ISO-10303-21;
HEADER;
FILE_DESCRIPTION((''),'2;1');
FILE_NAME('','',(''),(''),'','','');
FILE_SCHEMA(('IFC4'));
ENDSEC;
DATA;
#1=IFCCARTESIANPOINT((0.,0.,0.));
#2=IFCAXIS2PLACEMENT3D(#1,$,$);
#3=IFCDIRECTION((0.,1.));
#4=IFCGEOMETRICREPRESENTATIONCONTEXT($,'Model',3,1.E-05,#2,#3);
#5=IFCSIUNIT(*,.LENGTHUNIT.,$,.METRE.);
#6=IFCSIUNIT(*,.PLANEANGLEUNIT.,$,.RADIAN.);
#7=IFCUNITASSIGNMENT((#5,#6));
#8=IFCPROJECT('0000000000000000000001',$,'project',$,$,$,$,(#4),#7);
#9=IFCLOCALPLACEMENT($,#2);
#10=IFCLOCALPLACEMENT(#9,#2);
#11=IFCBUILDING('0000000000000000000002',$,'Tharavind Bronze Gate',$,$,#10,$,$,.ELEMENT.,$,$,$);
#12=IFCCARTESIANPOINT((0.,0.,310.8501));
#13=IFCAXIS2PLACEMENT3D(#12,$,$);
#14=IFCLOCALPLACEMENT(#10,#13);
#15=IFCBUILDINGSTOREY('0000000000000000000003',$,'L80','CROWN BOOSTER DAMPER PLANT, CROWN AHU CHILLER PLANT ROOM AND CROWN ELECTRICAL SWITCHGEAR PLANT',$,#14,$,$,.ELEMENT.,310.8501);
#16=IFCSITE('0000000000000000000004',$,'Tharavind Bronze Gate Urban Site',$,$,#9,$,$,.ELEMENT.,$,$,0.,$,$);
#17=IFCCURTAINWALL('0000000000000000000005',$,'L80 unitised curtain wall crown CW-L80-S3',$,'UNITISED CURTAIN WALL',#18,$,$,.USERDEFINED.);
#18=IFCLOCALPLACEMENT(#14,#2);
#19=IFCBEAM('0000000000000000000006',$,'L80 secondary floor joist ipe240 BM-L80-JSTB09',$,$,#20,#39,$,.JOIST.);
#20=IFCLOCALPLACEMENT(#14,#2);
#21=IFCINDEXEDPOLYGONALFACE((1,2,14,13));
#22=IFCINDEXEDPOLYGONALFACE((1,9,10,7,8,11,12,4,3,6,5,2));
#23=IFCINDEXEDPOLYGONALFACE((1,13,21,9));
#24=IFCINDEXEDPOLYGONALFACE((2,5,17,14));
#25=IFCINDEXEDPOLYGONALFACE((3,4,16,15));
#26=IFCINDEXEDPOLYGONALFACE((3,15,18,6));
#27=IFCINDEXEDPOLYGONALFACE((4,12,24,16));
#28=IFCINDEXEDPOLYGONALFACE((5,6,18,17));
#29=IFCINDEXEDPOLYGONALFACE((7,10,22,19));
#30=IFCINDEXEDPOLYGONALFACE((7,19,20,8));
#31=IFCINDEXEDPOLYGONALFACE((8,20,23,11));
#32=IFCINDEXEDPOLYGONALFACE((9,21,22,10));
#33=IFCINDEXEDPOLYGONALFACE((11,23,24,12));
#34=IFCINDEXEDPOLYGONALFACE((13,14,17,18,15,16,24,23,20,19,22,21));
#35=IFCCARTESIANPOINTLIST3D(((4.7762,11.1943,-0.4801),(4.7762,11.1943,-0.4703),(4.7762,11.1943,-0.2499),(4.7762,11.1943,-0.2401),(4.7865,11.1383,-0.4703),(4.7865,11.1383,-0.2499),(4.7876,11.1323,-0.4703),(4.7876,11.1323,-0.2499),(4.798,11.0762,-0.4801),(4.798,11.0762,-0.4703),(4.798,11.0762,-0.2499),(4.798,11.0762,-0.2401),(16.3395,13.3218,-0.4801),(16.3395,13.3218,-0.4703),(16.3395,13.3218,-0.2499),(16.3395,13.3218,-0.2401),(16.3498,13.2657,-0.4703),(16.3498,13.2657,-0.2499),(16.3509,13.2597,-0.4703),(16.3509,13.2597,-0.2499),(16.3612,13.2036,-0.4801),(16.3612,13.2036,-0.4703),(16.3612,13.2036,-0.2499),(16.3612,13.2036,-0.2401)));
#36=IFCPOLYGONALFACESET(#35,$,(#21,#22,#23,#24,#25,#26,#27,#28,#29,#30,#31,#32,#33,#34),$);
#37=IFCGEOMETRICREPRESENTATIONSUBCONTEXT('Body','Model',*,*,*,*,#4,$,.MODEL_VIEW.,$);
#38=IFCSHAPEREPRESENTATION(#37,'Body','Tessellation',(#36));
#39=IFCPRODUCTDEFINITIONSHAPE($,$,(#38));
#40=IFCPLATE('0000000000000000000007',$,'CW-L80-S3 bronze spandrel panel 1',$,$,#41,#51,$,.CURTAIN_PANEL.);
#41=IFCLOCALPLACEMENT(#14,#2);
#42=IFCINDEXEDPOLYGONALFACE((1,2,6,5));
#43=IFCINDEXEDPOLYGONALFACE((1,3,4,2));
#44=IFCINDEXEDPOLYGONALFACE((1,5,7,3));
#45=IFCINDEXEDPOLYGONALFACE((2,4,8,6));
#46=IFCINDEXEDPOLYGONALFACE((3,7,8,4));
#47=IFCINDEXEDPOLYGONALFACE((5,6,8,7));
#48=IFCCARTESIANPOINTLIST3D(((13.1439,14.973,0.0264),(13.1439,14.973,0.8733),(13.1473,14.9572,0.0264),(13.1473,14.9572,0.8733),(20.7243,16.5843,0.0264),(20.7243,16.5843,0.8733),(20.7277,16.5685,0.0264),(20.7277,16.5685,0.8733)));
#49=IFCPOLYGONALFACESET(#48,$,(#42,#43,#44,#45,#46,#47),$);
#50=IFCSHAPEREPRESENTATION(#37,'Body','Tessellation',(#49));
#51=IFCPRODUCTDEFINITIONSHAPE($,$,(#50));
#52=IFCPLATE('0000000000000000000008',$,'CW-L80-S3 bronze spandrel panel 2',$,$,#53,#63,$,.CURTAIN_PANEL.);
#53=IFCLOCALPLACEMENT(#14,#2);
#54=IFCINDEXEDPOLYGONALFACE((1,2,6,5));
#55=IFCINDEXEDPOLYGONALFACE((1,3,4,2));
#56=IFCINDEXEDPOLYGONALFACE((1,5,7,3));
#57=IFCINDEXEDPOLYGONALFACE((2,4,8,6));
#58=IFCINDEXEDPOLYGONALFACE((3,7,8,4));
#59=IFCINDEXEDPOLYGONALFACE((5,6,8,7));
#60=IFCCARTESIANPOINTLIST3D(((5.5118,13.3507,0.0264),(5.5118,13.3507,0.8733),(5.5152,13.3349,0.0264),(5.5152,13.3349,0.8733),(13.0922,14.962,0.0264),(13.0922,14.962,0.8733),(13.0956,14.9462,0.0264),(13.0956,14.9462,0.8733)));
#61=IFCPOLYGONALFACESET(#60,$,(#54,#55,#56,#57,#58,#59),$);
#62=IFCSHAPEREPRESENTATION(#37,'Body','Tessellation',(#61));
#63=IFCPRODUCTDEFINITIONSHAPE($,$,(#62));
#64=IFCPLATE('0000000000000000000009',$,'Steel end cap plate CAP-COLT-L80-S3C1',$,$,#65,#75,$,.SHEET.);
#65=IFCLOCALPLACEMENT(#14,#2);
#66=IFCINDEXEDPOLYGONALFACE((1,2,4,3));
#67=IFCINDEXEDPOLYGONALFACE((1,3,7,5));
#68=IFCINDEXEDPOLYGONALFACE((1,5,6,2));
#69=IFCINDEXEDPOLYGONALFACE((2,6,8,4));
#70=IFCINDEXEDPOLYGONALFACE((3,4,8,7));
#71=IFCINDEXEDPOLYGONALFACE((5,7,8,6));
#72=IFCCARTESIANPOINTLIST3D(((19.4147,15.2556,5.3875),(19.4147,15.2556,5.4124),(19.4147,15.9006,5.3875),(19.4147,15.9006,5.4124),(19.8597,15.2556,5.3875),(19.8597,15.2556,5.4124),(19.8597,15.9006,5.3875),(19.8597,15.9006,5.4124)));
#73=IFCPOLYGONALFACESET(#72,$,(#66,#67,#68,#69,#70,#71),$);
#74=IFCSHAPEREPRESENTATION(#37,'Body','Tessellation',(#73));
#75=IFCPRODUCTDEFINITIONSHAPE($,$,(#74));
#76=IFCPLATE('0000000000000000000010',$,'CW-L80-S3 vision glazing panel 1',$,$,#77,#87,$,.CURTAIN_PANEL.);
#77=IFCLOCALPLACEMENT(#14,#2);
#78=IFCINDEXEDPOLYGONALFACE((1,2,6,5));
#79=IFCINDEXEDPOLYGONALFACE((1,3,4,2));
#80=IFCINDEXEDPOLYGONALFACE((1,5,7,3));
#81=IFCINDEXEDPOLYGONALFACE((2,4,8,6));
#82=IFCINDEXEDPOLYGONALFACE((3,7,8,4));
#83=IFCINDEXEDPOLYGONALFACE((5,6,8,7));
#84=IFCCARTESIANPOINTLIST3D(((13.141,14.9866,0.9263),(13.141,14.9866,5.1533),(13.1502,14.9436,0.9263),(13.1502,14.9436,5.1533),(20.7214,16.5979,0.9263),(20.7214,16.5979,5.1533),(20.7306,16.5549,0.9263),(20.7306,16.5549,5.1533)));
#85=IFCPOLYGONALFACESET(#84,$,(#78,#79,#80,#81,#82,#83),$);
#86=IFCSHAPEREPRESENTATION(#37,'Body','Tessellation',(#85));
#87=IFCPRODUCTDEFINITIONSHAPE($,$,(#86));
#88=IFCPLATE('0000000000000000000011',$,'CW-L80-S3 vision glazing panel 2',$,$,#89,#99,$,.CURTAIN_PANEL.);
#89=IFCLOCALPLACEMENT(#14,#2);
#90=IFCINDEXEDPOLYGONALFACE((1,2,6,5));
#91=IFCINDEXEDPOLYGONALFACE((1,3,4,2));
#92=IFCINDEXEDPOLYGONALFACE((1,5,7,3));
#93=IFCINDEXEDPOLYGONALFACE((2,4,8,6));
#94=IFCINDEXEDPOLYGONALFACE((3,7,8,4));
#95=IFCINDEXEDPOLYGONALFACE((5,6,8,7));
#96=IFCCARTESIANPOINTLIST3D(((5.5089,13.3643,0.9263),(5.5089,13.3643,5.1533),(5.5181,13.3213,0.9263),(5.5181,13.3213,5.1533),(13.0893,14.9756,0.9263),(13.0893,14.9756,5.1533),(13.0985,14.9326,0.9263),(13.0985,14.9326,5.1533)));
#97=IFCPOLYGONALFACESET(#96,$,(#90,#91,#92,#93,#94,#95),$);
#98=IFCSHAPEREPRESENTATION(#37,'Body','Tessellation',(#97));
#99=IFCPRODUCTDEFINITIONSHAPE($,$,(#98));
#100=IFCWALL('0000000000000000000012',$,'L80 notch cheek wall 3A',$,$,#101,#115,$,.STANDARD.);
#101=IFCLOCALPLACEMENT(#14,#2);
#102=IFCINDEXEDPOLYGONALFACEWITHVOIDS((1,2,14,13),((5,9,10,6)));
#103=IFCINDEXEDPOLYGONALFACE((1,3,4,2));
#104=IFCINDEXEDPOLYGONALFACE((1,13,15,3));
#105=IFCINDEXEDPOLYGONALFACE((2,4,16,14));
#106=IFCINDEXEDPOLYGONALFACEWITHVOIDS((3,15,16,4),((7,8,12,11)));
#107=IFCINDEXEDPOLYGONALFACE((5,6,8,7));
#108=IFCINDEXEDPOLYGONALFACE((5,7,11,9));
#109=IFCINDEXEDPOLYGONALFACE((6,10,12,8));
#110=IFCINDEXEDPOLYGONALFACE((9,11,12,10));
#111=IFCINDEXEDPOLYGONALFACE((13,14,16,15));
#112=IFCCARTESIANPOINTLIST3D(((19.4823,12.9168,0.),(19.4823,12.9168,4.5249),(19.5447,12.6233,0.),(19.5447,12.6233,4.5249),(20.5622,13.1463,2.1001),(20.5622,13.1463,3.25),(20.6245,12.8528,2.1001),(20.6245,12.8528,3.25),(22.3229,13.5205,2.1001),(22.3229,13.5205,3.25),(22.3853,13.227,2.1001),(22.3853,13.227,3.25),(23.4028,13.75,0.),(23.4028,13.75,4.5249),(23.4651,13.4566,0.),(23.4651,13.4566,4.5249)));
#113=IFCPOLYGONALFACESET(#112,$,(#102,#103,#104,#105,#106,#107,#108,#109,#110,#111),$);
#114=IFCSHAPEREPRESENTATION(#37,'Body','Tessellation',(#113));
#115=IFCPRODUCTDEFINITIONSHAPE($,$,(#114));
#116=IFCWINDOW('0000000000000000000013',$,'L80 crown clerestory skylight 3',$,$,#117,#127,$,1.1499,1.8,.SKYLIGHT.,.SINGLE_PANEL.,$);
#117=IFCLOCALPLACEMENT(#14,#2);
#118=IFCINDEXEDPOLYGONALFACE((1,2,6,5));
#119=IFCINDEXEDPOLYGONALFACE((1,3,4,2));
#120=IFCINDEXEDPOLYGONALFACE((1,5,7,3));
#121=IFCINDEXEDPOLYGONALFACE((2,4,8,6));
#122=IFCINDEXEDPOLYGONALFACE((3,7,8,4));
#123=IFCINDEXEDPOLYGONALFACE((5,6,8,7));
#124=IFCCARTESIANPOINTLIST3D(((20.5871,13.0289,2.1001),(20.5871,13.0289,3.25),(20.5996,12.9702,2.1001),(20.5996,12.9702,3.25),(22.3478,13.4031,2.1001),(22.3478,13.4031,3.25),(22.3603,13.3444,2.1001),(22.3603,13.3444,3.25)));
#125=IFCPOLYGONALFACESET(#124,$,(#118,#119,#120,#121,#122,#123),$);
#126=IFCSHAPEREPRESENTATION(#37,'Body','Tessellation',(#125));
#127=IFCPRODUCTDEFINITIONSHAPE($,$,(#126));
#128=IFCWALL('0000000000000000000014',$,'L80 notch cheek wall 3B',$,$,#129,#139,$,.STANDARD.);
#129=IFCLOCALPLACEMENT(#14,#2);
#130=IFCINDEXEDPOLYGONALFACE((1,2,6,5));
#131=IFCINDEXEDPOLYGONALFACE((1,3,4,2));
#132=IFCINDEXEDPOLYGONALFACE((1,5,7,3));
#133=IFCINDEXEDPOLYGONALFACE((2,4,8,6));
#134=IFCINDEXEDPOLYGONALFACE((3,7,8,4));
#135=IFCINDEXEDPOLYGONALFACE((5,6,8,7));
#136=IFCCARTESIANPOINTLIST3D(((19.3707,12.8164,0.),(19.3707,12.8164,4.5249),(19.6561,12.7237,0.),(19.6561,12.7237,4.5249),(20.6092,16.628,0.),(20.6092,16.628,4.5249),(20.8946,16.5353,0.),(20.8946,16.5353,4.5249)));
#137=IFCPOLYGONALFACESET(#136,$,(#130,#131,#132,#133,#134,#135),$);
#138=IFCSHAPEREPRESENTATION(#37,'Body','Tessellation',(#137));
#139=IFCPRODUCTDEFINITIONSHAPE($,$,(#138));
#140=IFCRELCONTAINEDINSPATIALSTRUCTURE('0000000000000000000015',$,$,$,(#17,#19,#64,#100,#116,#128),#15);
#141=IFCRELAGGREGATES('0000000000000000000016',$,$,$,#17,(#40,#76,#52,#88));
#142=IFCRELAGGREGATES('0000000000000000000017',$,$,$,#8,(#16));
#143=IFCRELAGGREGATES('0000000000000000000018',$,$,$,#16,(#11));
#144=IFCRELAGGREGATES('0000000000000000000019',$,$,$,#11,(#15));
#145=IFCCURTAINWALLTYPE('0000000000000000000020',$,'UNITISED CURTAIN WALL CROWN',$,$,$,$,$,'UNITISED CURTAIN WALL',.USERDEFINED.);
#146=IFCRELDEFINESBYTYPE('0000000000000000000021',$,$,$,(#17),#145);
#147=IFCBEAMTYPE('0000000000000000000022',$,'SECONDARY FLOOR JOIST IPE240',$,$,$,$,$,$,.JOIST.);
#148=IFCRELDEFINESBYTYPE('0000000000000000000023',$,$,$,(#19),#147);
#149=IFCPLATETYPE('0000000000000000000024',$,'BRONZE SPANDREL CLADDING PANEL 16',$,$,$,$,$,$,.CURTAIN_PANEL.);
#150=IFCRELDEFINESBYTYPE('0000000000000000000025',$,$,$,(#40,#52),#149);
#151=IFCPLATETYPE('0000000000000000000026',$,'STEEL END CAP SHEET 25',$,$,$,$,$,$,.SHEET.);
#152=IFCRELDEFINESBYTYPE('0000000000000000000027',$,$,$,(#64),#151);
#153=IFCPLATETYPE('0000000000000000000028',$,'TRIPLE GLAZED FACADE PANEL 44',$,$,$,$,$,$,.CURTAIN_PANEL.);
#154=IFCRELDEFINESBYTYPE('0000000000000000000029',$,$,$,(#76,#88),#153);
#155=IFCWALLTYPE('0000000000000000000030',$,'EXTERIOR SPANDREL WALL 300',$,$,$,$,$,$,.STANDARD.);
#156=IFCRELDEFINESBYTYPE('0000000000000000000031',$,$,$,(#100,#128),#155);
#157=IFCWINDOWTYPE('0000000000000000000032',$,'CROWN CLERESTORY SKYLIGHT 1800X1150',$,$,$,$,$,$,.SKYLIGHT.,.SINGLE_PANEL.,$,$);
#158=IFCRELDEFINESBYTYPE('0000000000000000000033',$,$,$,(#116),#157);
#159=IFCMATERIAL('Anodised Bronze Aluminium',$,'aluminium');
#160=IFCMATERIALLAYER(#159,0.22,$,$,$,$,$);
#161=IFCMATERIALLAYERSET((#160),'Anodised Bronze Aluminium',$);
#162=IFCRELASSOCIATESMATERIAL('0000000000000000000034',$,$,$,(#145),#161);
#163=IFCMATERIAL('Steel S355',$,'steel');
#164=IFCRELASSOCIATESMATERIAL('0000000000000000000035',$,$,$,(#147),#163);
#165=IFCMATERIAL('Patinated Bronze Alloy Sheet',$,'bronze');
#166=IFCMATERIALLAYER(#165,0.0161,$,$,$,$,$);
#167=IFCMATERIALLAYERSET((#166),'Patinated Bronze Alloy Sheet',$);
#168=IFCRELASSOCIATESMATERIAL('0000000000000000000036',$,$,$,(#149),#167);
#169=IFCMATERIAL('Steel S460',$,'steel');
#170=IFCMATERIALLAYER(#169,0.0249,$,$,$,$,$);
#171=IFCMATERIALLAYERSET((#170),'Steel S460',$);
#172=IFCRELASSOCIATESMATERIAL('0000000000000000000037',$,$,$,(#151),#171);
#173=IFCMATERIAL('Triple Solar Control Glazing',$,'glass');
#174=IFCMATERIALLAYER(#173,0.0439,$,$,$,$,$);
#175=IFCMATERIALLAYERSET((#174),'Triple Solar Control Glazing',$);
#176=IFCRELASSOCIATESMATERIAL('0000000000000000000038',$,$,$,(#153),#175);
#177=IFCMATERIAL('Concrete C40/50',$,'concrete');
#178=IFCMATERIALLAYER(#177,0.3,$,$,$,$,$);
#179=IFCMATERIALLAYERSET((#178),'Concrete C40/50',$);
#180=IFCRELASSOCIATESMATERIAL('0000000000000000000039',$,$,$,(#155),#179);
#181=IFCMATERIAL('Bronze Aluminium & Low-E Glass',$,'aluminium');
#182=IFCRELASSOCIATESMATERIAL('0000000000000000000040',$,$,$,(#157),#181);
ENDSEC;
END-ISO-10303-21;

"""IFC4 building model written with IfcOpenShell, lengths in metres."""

from ifc_helpers import new_model, si_unit, direction, frame, frame_2d, origin, origin_2d, place, context, subcontext, project, spatial, rectangle, i_section, extrude, material, layer, layer_set, material_profile, profile_set, type_object, element, fill, aggregate, save


model = new_model("IFC4")

# Units and contexts
model_context = context("Model", 3, precision=1e-05, world=origin(), true_north=direction((0.0, 1.0)))
body_context = subcontext(model_context, "Body", "Model", "MODEL_VIEW")
ifc_project = project(units=[si_unit("LENGTHUNIT", "METRE"), si_unit("PLANEANGLEUNIT", "RADIAN")], contexts=[model_context])

# Site, building, storey
site_placement = place(None, origin())
site = spatial("IfcSite", under=ifc_project, at=site_placement, Name="Tharavind Bronze Gate Urban Site", CompositionType="ELEMENT", RefElevation=0.0)
building_placement = place(site_placement, origin())
building = spatial("IfcBuilding", under=site, at=building_placement, Name="Tharavind Bronze Gate", CompositionType="ELEMENT")
storey_placement = place(building_placement, frame((0.0, 0.0, 310.8501)))
storey = spatial("IfcBuildingStorey", under=building, at=storey_placement, Name="L80", Description="CROWN BOOSTER DAMPER PLANT, CROWN AHU CHILLER PLANT ROOM AND CROWN ELECTRICAL SWITCHGEAR PLANT", CompositionType="ELEMENT", Elevation=310.8501)

# Shared definitions
ifc_material_1 = material(Name="Steel S460", Category="steel")

# Shared definitions
ifc_material_2 = material(Name="Anodised Bronze Aluminium", Category="aluminium")
ifc_layer_1 = layer(ifc_material_2, 0.22)
ifc_layer_set_1 = layer_set([ifc_layer_1], Name="Anodised Bronze Aluminium")
curtain_wall_type = type_object("IfcCurtainWallType", Name="UNITISED CURTAIN WALL CROWN", ElementType="UNITISED CURTAIN WALL", PredefinedType="USERDEFINED", material=ifc_layer_set_1)

# Curtain wall
curtain_wall_1_placement = place(storey_placement, origin())
curtain_wall_1 = element("IfcCurtainWall", 1, at=curtain_wall_1_placement, inside=storey, type_object=curtain_wall_type, Name="L80 unitised curtain wall crown CW-L80-S3", ObjectType="UNITISED CURTAIN WALL", PredefinedType="USERDEFINED")

# Beam
ifc_material_3 = material(Name="Steel S355", Category="steel")
ifc_material_profile_1 = material_profile(ifc_material_3, i_section(OverallWidth=0.1201, OverallDepth=0.24, WebThickness=0.0061, FlangeThickness=0.0098, at=origin_2d()), Name="IPE240")
ifc_profile_set_1 = profile_set([ifc_material_profile_1], Name="Steel S355")
beam_type_1 = type_object("IfcBeamType", Name="SECONDARY FLOOR JOIST IPE240", PredefinedType="JOIST", material=ifc_profile_set_1)
beam_1_placement = place(storey_placement, frame((16.3503, 13.2627, -0.3601), z_axis=(-0.983493, -0.180946, 0.0), x_axis=(0.180946, -0.983493, 0.0)))
element("IfcBeam", 2, at=beam_1_placement, inside=storey, type_object=beam_type_1, Name="L80 secondary floor joist ipe240 BM-L80-JSTB09", PredefinedType="JOIST", context=body_context, shape_type="SweptSolid", body=[
    extrude(i_section(OverallWidth=0.1201, OverallDepth=0.24, WebThickness=0.0061, FlangeThickness=0.0098, at=origin_2d()), origin(), (0.0, 0.0, 1.0), 11.7573),
])

# Plates
ifc_material_4 = material(Name="Patinated Bronze Alloy Sheet", Category="bronze")
ifc_layer_2 = layer(ifc_material_4, 0.0161)
ifc_layer_set_2 = layer_set([ifc_layer_2], Name="Patinated Bronze Alloy Sheet")
plate_type_1 = type_object("IfcPlateType", Name="BRONZE SPANDREL CLADDING PANEL 16", PredefinedType="CURTAIN_PANEL", material=ifc_layer_set_2)
plate_1_placement = place(storey_placement, frame((16.9358, 15.7708, 0.0264), z_axis=(0.0, 0.0, 1.0), x_axis=(-0.978147, -0.207913, 0.0)))
plate_1 = element("IfcPlate", 3, at=plate_1_placement, type_object=plate_type_1, Name="CW-L80-S3 bronze spandrel panel 1", PredefinedType="CURTAIN_PANEL", context=body_context, shape_type="SweptSolid", body=[
    extrude(rectangle(XDim=7.7498, YDim=0.0161, at=origin_2d()), origin(), (0.0, 0.0, 1.0), 0.8469),
])
plate_2_placement = place(storey_placement, frame((9.3037, 14.1484, 0.0264), z_axis=(0.0, 0.0, 1.0), x_axis=(-0.978147, -0.207913, 0.0)))
plate_2 = element("IfcPlate", 4, at=plate_2_placement, type_object=plate_type_1, Name="CW-L80-S3 bronze spandrel panel 2", PredefinedType="CURTAIN_PANEL", context=body_context, shape_type="SweptSolid", body=[
    extrude(rectangle(XDim=7.7498, YDim=0.0161, at=origin_2d()), origin(), (0.0, 0.0, 1.0), 0.8469),
])
ifc_layer_3 = layer(ifc_material_1, 0.0249)
ifc_layer_set_3 = layer_set([ifc_layer_3], Name="Steel S460")
plate_type_2 = type_object("IfcPlateType", Name="STEEL END CAP SHEET 25", PredefinedType="SHEET", material=ifc_layer_set_3)
plate_3_placement = place(storey_placement, frame((19.6372, 15.5781, 5.3875), z_axis=(0.0, 0.0, 1.0), x_axis=(1.0, 0.0, 0.0)))
element("IfcPlate", 5, at=plate_3_placement, inside=storey, type_object=plate_type_2, Name="Steel end cap plate CAP-COLT-L80-S3C1", PredefinedType="SHEET", context=body_context, shape_type="SweptSolid", body=[
    extrude(rectangle(XDim=0.4451, YDim=0.645, at=origin_2d()), origin(), (0.0, 0.0, 1.0), 0.0249),
])
ifc_material_5 = material(Name="Triple Solar Control Glazing", Category="glass")
ifc_layer_4 = layer(ifc_material_5, 0.0439)
ifc_layer_set_4 = layer_set([ifc_layer_4], Name="Triple Solar Control Glazing")
plate_type_3 = type_object("IfcPlateType", Name="TRIPLE GLAZED FACADE PANEL 44", PredefinedType="CURTAIN_PANEL", material=ifc_layer_set_4)
plate_4_placement = place(storey_placement, frame((16.9358, 15.7708, 0.9263), z_axis=(0.0, 0.0, 1.0), x_axis=(-0.978147, -0.207913, 0.0)))
plate_4 = element("IfcPlate", 6, at=plate_4_placement, type_object=plate_type_3, Name="CW-L80-S3 vision glazing panel 1", PredefinedType="CURTAIN_PANEL", context=body_context, shape_type="SweptSolid", body=[
    extrude(rectangle(XDim=7.7498, YDim=0.0439, at=origin_2d()), origin(), (0.0, 0.0, 1.0), 4.2271),
])
plate_5_placement = place(storey_placement, frame((9.3037, 14.1484, 0.9263), z_axis=(0.0, 0.0, 1.0), x_axis=(-0.978147, -0.207913, 0.0)))
plate_5 = element("IfcPlate", 7, at=plate_5_placement, type_object=plate_type_3, Name="CW-L80-S3 vision glazing panel 2", PredefinedType="CURTAIN_PANEL", context=body_context, shape_type="SweptSolid", body=[
    extrude(rectangle(XDim=7.7498, YDim=0.0439, at=origin_2d()), origin(), (0.0, 0.0, 1.0), 4.2271),
])
aggregate(curtain_wall_1, [plate_1, plate_4, plate_2, plate_5])

# Wall, opening, window
ifc_material_6 = material(Name="Concrete C40/50", Category="concrete")
ifc_layer_5 = layer(ifc_material_6, 0.3)
ifc_layer_set_5 = layer_set([ifc_layer_5], Name="Concrete C40/50")
wall_type = type_object("IfcWallType", Name="EXTERIOR SPANDREL WALL 300", PredefinedType="STANDARD", material=ifc_layer_set_5)
wall_1_placement = place(storey_placement, frame((23.4338, 13.6033, 0.0), z_axis=(0.0, 0.0, 1.0), x_axis=(-0.97815, -0.207898, 0.0)))
wall_1 = element("IfcWall", 8, at=wall_1_placement, inside=storey, type_object=wall_type, Name="L80 notch cheek wall 3A", PredefinedType="STANDARD", context=body_context, shape_type="SweptSolid", body=[
    extrude(rectangle(XDim=4.0081, YDim=0.3, at=frame_2d((2.0039, 0.0))), origin(), (0.0, 0.0, 1.0), 4.5249),
])
opening_placement = place(wall_1_placement, frame((1.104, 0.0, 2.1001)))
opening = element("IfcOpeningElement", 9, at=opening_placement, cuts=wall_1, PredefinedType="OPENING", context=body_context, shape_type="SweptSolid", body=[
    extrude(rectangle(XDim=1.8, YDim=1.1499, at=frame_2d((0.8999, 0.575))), frame((0.0, 0.1599, 0.0), z_axis=(0.0, -1.0, 0.0), x_axis=(1.0, 0.0, 0.0)), (0.0, 0.0, 1.0), 0.32),
])
ifc_material_7 = material(Name="Bronze Aluminium & Low-E Glass", Category="aluminium")
window_type = type_object("IfcWindowType", Name="CROWN CLERESTORY SKYLIGHT 1800X1150", PartitioningType="SINGLE_PANEL", PredefinedType="SKYLIGHT", material=ifc_material_7)
window_placement = place(opening_placement, origin())
window = element("IfcWindow", 10, at=window_placement, inside=storey, type_object=window_type, Name="L80 crown clerestory skylight 3", OverallHeight=1.1499, OverallWidth=1.8, PartitioningType="SINGLE_PANEL", PredefinedType="SKYLIGHT", context=body_context, shape_type="SweptSolid", body=[
    extrude(rectangle(XDim=1.8, YDim=1.1499, at=frame_2d((0.8999, 0.575))), frame((0.0, 0.03, 0.0), z_axis=(0.0, -1.0, 0.0), x_axis=(1.0, 0.0, 0.0)), (0.0, 0.0, 1.0), 0.0601),
])
fill(opening, window)

# Wall
wall_2_placement = place(storey_placement, frame((19.5134, 12.77, 0.0), z_axis=(0.0, 0.0, 1.0), x_axis=(0.309019, 0.951056, 0.0)))
element("IfcWall", 11, at=wall_2_placement, inside=storey, type_object=wall_type, Name="L80 notch cheek wall 3B", PredefinedType="STANDARD", context=body_context, shape_type="SweptSolid", body=[
    extrude(rectangle(XDim=4.0078, YDim=0.3, at=frame_2d((2.0039, 0.0))), origin(), (0.0, 0.0, 1.0), 4.5249),
])

save(model, "model.ifc")
